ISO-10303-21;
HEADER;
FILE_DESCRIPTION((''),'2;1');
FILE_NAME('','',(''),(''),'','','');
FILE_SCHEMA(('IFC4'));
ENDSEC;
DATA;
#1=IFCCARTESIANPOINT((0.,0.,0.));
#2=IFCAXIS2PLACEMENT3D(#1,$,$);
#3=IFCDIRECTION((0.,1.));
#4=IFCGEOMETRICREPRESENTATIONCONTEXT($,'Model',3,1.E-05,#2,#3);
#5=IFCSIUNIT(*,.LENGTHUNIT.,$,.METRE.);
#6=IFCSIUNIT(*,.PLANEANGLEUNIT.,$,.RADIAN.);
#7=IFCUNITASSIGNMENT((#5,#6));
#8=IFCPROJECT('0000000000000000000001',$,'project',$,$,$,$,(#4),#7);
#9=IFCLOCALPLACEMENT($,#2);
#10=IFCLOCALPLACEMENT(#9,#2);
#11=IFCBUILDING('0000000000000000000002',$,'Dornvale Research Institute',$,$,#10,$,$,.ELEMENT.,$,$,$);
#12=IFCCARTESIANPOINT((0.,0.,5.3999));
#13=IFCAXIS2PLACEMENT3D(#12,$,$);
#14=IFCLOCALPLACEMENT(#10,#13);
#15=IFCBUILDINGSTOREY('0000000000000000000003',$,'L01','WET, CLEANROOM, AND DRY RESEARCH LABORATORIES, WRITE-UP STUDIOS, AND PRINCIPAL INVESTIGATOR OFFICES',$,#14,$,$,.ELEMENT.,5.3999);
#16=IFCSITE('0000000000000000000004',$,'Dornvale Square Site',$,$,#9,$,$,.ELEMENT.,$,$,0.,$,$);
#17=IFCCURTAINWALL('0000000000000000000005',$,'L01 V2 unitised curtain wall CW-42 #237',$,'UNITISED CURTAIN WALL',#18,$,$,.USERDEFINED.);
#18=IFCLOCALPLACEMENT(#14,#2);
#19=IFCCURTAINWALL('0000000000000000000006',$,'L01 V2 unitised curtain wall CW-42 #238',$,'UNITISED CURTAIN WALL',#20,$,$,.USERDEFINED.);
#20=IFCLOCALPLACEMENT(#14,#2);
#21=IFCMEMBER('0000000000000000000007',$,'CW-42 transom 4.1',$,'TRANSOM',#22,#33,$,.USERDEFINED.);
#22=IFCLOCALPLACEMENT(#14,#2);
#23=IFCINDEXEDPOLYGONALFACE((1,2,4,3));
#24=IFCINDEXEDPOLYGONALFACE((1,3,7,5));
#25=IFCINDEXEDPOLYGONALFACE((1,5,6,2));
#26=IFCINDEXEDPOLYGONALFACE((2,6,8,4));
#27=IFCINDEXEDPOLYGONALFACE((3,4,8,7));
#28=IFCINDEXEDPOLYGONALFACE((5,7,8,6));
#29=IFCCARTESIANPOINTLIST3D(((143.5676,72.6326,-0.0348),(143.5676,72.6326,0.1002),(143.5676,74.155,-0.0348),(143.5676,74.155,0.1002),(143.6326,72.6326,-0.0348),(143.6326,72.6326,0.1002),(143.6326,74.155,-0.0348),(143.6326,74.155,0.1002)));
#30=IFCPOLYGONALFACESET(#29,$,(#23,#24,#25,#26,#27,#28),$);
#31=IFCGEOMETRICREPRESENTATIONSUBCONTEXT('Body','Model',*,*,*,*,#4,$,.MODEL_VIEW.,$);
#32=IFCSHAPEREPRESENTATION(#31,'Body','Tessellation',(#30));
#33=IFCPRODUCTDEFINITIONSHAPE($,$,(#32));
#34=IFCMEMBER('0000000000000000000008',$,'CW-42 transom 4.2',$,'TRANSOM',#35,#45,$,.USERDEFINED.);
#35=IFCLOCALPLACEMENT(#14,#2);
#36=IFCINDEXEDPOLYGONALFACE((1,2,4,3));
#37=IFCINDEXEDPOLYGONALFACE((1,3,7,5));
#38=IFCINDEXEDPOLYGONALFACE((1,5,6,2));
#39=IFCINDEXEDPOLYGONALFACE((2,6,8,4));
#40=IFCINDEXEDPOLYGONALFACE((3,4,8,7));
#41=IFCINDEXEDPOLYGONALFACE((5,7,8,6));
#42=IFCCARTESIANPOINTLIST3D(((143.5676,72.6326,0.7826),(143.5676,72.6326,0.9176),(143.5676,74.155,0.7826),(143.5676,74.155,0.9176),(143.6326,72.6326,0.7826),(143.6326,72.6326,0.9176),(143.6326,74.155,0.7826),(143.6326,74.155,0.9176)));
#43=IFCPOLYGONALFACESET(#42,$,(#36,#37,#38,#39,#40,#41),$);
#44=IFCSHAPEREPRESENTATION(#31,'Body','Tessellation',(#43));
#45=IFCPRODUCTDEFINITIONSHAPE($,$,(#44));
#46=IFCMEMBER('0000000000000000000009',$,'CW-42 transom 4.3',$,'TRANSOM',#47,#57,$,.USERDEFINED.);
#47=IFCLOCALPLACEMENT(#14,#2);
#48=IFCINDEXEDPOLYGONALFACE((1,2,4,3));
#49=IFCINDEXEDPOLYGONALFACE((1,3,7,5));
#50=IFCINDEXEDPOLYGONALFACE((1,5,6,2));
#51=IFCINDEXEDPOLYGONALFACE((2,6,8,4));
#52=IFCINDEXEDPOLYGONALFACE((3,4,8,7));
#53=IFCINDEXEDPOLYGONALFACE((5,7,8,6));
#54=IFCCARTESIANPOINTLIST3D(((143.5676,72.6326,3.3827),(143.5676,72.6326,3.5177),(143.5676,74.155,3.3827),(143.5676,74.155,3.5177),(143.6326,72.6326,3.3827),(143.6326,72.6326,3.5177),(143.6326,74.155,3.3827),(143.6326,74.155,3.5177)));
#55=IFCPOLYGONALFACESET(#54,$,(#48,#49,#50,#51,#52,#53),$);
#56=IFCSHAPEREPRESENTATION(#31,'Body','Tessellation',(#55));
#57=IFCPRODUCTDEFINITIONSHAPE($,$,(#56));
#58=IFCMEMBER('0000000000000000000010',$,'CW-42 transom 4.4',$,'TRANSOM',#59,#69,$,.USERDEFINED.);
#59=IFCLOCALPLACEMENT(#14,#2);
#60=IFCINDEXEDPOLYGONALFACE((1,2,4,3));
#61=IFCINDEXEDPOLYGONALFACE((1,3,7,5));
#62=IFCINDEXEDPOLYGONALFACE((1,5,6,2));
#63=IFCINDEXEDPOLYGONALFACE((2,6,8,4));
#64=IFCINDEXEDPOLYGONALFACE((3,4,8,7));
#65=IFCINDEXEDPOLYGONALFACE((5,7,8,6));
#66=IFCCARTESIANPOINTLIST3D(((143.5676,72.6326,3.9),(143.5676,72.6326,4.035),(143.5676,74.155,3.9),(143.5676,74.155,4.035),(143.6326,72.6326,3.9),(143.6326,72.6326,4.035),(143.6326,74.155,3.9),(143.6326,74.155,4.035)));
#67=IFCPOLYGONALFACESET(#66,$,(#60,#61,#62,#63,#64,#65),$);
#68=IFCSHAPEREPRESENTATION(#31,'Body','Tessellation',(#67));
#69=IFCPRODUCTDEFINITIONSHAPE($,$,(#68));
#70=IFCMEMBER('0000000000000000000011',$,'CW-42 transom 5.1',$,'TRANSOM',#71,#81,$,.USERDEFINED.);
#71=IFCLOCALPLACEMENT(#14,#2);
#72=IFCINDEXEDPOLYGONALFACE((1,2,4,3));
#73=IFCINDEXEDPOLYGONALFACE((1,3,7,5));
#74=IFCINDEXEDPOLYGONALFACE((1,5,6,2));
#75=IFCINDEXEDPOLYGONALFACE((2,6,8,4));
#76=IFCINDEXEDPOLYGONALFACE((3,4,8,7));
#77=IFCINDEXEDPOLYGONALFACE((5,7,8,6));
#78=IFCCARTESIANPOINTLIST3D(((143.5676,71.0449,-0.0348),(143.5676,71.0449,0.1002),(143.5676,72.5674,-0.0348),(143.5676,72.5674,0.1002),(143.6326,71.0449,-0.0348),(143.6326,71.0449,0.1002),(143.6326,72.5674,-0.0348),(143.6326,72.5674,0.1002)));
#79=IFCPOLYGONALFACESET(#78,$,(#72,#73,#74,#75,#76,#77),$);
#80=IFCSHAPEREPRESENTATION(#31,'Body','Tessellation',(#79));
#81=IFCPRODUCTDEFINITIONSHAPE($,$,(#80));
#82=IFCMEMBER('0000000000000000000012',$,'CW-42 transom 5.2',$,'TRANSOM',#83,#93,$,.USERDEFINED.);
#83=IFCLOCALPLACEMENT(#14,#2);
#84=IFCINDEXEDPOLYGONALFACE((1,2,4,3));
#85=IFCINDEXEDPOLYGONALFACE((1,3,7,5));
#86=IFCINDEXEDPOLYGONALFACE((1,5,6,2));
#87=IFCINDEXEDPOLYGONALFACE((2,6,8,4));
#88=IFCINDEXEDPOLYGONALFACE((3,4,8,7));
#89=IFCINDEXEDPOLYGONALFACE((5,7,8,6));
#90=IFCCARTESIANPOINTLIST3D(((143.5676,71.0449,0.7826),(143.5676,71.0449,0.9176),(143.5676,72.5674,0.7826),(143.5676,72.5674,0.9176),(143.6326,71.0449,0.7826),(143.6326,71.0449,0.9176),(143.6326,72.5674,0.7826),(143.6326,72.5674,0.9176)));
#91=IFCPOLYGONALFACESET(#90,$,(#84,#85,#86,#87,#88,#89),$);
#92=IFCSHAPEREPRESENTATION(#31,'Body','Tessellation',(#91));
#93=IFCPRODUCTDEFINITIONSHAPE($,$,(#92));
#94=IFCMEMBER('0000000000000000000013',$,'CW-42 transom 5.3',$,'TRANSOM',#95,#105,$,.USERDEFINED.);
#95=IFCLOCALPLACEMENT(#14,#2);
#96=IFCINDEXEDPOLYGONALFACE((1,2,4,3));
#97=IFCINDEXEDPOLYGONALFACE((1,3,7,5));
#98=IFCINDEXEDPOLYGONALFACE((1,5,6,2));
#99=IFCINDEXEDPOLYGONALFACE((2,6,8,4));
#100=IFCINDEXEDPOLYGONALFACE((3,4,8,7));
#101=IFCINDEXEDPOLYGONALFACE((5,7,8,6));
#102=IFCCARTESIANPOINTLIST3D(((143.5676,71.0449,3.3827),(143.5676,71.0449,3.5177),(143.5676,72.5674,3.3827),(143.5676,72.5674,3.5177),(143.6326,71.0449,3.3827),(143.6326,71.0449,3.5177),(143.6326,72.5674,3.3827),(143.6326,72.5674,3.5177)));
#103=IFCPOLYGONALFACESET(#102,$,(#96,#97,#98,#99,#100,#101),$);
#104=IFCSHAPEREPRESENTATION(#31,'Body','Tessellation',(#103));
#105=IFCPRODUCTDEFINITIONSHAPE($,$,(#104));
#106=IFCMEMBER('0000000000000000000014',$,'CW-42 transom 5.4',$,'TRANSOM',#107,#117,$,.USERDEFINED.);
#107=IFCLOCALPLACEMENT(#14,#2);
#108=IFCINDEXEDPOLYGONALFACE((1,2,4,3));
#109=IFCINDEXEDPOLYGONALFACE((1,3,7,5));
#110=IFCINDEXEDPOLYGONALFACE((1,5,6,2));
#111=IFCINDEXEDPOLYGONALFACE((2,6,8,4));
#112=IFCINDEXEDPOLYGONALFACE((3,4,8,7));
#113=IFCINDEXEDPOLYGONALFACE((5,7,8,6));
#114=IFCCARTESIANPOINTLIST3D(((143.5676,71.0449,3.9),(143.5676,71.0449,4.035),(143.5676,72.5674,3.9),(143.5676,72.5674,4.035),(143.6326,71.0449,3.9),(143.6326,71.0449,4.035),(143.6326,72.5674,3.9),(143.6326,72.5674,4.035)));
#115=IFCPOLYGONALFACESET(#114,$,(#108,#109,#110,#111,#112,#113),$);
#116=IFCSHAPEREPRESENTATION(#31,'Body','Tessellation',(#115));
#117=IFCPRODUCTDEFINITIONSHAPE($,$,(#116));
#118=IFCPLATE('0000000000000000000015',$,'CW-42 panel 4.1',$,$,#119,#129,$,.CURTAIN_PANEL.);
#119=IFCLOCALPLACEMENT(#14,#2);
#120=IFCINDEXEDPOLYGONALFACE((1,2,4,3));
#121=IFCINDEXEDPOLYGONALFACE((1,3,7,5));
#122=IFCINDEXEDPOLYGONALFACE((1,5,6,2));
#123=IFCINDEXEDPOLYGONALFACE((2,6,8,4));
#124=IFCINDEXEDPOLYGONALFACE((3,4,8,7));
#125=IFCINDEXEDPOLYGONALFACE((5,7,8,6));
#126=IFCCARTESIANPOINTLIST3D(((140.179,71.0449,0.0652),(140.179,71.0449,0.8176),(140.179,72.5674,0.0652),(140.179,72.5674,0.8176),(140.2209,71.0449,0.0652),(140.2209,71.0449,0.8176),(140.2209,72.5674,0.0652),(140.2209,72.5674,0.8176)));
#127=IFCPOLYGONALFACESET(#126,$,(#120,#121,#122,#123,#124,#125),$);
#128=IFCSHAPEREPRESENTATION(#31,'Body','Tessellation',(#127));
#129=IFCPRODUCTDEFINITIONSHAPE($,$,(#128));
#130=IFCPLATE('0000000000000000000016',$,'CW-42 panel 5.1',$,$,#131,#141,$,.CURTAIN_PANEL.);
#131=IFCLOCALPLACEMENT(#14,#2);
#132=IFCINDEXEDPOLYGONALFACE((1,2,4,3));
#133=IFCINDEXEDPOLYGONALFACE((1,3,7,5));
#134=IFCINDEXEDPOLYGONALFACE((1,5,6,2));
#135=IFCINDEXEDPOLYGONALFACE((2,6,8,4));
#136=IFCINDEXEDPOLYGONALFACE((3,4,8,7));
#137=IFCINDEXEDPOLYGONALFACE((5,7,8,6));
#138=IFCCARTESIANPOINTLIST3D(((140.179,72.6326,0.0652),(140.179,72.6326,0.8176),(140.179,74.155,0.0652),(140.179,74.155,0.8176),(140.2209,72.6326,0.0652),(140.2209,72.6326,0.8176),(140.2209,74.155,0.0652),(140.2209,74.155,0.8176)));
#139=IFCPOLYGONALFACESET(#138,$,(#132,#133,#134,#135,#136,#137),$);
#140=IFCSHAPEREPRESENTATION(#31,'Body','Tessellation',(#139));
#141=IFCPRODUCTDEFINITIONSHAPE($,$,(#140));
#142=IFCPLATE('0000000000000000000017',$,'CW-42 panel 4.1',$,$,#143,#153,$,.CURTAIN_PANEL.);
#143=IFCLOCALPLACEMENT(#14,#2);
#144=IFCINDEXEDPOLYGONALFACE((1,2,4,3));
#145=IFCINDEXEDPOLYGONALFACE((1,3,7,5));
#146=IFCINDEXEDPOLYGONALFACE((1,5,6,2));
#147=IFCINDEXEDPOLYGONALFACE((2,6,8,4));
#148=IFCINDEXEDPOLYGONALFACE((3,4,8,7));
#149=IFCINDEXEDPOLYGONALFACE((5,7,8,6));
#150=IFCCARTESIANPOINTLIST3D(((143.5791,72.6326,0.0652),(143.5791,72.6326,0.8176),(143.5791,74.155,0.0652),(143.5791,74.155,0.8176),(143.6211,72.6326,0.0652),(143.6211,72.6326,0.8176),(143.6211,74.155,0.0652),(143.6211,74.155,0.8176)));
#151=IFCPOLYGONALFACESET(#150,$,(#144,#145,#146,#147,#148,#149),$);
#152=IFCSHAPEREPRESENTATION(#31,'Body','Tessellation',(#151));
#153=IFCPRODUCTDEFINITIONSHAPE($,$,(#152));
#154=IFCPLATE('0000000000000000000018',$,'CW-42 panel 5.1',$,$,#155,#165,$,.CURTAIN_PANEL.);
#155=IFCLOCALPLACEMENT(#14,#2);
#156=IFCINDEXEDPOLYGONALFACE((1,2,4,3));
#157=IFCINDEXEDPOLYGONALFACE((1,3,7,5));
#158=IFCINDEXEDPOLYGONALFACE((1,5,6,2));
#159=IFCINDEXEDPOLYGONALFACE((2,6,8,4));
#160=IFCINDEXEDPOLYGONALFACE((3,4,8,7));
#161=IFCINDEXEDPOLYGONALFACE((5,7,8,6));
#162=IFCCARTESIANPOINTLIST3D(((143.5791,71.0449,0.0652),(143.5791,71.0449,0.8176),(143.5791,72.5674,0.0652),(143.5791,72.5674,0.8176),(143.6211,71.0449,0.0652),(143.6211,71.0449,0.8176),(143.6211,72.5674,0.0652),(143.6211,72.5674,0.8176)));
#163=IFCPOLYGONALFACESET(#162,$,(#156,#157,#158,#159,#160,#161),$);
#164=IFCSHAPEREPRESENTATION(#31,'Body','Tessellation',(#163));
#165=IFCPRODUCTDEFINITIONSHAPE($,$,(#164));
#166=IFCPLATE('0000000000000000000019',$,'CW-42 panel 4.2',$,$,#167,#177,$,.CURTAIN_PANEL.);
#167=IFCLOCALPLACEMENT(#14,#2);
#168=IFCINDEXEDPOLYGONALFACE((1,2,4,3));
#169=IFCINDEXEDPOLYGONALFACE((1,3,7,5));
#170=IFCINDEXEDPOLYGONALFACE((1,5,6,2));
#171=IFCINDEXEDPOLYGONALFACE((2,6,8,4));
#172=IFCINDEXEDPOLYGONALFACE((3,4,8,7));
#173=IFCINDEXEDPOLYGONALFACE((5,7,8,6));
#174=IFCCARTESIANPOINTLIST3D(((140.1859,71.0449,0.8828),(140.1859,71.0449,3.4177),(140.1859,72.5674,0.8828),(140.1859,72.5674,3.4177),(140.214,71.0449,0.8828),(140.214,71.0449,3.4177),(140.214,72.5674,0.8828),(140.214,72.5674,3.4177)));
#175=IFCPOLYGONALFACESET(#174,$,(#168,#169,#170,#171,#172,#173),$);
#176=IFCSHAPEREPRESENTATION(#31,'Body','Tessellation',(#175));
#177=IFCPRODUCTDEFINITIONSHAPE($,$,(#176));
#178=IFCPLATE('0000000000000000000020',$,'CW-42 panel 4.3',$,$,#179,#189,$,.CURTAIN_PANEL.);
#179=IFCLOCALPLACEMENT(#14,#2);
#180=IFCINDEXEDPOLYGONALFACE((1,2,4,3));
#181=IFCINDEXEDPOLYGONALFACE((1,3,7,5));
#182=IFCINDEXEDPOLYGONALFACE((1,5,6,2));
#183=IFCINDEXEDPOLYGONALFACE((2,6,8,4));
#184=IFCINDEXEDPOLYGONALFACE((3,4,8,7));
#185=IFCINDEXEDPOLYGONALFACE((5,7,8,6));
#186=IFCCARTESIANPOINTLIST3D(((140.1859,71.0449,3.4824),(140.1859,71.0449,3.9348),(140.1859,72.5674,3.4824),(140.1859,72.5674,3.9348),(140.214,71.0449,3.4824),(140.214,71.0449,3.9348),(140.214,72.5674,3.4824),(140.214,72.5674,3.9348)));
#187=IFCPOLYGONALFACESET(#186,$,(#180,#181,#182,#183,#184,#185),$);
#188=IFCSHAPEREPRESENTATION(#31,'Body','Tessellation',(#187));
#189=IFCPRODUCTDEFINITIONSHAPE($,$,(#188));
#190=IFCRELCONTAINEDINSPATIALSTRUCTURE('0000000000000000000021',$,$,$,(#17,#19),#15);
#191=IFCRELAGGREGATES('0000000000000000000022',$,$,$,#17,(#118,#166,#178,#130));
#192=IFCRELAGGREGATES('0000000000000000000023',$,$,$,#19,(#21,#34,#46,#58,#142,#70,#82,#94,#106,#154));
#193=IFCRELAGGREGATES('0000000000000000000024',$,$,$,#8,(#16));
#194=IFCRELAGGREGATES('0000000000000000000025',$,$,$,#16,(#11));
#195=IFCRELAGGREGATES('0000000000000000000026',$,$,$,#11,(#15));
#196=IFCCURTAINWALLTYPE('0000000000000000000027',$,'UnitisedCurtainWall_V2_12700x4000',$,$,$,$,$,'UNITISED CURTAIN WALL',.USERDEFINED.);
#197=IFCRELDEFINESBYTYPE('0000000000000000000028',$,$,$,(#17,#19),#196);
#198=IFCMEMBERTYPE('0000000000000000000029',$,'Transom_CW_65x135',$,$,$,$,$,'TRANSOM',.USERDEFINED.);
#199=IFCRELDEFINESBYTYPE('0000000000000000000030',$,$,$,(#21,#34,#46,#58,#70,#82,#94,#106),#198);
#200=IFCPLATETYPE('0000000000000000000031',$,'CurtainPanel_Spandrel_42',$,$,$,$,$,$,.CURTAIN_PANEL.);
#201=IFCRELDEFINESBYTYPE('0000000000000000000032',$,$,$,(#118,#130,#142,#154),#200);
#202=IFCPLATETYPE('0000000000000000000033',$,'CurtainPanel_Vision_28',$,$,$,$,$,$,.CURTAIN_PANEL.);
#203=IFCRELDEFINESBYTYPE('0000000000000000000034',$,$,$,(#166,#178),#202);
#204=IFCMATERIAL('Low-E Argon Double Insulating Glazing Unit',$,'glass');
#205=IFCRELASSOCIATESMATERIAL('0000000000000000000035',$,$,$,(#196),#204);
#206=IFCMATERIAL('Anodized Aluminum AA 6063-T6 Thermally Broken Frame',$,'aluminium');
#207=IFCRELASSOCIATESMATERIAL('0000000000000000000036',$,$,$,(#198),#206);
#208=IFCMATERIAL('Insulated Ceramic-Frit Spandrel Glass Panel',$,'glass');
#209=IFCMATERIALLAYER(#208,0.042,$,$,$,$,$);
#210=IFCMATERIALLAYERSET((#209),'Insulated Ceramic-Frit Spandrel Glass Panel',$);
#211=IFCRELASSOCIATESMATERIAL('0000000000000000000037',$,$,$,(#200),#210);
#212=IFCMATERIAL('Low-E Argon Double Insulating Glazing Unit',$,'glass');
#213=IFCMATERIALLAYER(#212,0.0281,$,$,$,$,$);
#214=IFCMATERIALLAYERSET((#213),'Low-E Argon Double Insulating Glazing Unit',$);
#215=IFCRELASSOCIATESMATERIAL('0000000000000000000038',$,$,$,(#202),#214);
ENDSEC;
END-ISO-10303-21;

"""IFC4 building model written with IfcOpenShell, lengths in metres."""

from ifc_helpers import new_model, si_unit, direction, frame, origin, origin_2d, place, context, subcontext, project, spatial, rectangle, extrude, material, layer, layer_set, material_profile, profile_set, type_object, element, aggregate, save


model = new_model("IFC4")

# Units and contexts
model_context = context("Model", 3, precision=1e-05, world=origin(), true_north=direction((0.0, 1.0)))
body_context = subcontext(model_context, "Body", "Model", "MODEL_VIEW")
ifc_project = project(units=[si_unit("LENGTHUNIT", "METRE"), si_unit("PLANEANGLEUNIT", "RADIAN")], contexts=[model_context])

# Site, building, storey
site_placement = place(None, origin())
site = spatial("IfcSite", under=ifc_project, at=site_placement, Name="Dornvale Square Site", CompositionType="ELEMENT", RefElevation=0.0)
building_placement = place(site_placement, origin())
building = spatial("IfcBuilding", under=site, at=building_placement, Name="Dornvale Research Institute", CompositionType="ELEMENT")
storey_placement = place(building_placement, frame((0.0, 0.0, 5.3999)))
storey = spatial("IfcBuildingStorey", under=building, at=storey_placement, Name="L01", Description="WET, CLEANROOM, AND DRY RESEARCH LABORATORIES, WRITE-UP STUDIOS, AND PRINCIPAL INVESTIGATOR OFFICES", CompositionType="ELEMENT", Elevation=5.3999)

# Curtain walls
ifc_material_1 = material(Name="Low-E Argon Double Insulating Glazing Unit", Category="glass")
curtain_wall_type = type_object("IfcCurtainWallType", Name="UnitisedCurtainWall_V2_12700x4000", ElementType="UNITISED CURTAIN WALL", PredefinedType="USERDEFINED", material=ifc_material_1)
curtain_wall_1_placement = place(storey_placement, origin())
curtain_wall_1 = element("IfcCurtainWall", 1, at=curtain_wall_1_placement, inside=storey, type_object=curtain_wall_type, Name="L01 V2 unitised curtain wall CW-42 #237", ObjectType="UNITISED CURTAIN WALL", PredefinedType="USERDEFINED")
curtain_wall_2_placement = place(storey_placement, origin())
curtain_wall_2 = element("IfcCurtainWall", 2, at=curtain_wall_2_placement, inside=storey, type_object=curtain_wall_type, Name="L01 V2 unitised curtain wall CW-42 #238", ObjectType="UNITISED CURTAIN WALL", PredefinedType="USERDEFINED")

# Members
ifc_material_2 = material(Name="Anodized Aluminum AA 6063-T6 Thermally Broken Frame", Category="aluminium")
ifc_material_profile_1 = material_profile(ifc_material_2, rectangle(XDim=0.0649, YDim=0.135, at=origin_2d()), Name="ALU TRANSOM 65x135")
ifc_profile_set_1 = profile_set([ifc_material_profile_1], Name="Anodized Aluminum AA 6063-T6 Thermally Broken Frame")
member_type_1 = type_object("IfcMemberType", Name="Transom_CW_65x135", ElementType="TRANSOM", PredefinedType="USERDEFINED", material=ifc_profile_set_1)
member_1_placement = place(storey_placement, frame((143.6001, 74.155, 0.0327), z_axis=(0.0, -1.0, 0.0), x_axis=(1.0, 0.0, 0.0)))
member_1 = element("IfcMember", 3, at=member_1_placement, type_object=member_type_1, Name="CW-42 transom 4.1", ObjectType="TRANSOM", PredefinedType="USERDEFINED", context=body_context, shape_type="SweptSolid", body=[
    extrude(rectangle(XDim=0.0649, YDim=0.135, at=origin_2d()), origin(), (0.0, 0.0, 1.0), 1.5225),
])
member_2_placement = place(storey_placement, frame((143.6001, 74.155, 0.8501), z_axis=(0.0, -1.0, 0.0), x_axis=(1.0, 0.0, 0.0)))
member_2 = element("IfcMember", 4, at=member_2_placement, type_object=member_type_1, Name="CW-42 transom 4.2", ObjectType="TRANSOM", PredefinedType="USERDEFINED", context=body_context, shape_type="SweptSolid", body=[
    extrude(rectangle(XDim=0.0649, YDim=0.135, at=origin_2d()), origin(), (0.0, 0.0, 1.0), 1.5225),
])
member_3_placement = place(storey_placement, frame((143.6001, 74.155, 3.4502), z_axis=(0.0, -1.0, 0.0), x_axis=(1.0, 0.0, 0.0)))
member_3 = element("IfcMember", 5, at=member_3_placement, type_object=member_type_1, Name="CW-42 transom 4.3", ObjectType="TRANSOM", PredefinedType="USERDEFINED", context=body_context, shape_type="SweptSolid", body=[
    extrude(rectangle(XDim=0.0649, YDim=0.135, at=origin_2d()), origin(), (0.0, 0.0, 1.0), 1.5225),
])
member_4_placement = place(storey_placement, frame((143.6001, 74.155, 3.9675), z_axis=(0.0, -1.0, 0.0), x_axis=(1.0, 0.0, 0.0)))
member_4 = element("IfcMember", 6, at=member_4_placement, type_object=member_type_1, Name="CW-42 transom 4.4", ObjectType="TRANSOM", PredefinedType="USERDEFINED", context=body_context, shape_type="SweptSolid", body=[
    extrude(rectangle(XDim=0.0649, YDim=0.135, at=origin_2d()), origin(), (0.0, 0.0, 1.0), 1.5225),
])
member_5_placement = place(storey_placement, frame((143.6001, 72.5674, 0.0327), z_axis=(0.0, -1.0, 0.0), x_axis=(1.0, 0.0, 0.0)))
member_5 = element("IfcMember", 7, at=member_5_placement, type_object=member_type_1, Name="CW-42 transom 5.1", ObjectType="TRANSOM", PredefinedType="USERDEFINED", context=body_context, shape_type="SweptSolid", body=[
    extrude(rectangle(XDim=0.0649, YDim=0.135, at=origin_2d()), origin(), (0.0, 0.0, 1.0), 1.5225),
])
member_6_placement = place(storey_placement, frame((143.6001, 72.5674, 0.8501), z_axis=(0.0, -1.0, 0.0), x_axis=(1.0, 0.0, 0.0)))
member_6 = element("IfcMember", 8, at=member_6_placement, type_object=member_type_1, Name="CW-42 transom 5.2", ObjectType="TRANSOM", PredefinedType="USERDEFINED", context=body_context, shape_type="SweptSolid", body=[
    extrude(rectangle(XDim=0.0649, YDim=0.135, at=origin_2d()), origin(), (0.0, 0.0, 1.0), 1.5225),
])
member_7_placement = place(storey_placement, frame((143.6001, 72.5674, 3.4502), z_axis=(0.0, -1.0, 0.0), x_axis=(1.0, 0.0, 0.0)))
member_7 = element("IfcMember", 9, at=member_7_placement, type_object=member_type_1, Name="CW-42 transom 5.3", ObjectType="TRANSOM", PredefinedType="USERDEFINED", context=body_context, shape_type="SweptSolid", body=[
    extrude(rectangle(XDim=0.0649, YDim=0.135, at=origin_2d()), origin(), (0.0, 0.0, 1.0), 1.5225),
])
member_8_placement = place(storey_placement, frame((143.6001, 72.5674, 3.9675), z_axis=(0.0, -1.0, 0.0), x_axis=(1.0, 0.0, 0.0)))
member_8 = element("IfcMember", 10, at=member_8_placement, type_object=member_type_1, Name="CW-42 transom 5.4", ObjectType="TRANSOM", PredefinedType="USERDEFINED", context=body_context, shape_type="SweptSolid", body=[
    extrude(rectangle(XDim=0.0649, YDim=0.135, at=origin_2d()), origin(), (0.0, 0.0, 1.0), 1.5225),
])

# Plates
ifc_material_3 = material(Name="Insulated Ceramic-Frit Spandrel Glass Panel", Category="glass")
ifc_layer_1 = layer(ifc_material_3, 0.042)
ifc_layer_set_1 = layer_set([ifc_layer_1], Name="Insulated Ceramic-Frit Spandrel Glass Panel")
plate_type_1 = type_object("IfcPlateType", Name="CurtainPanel_Spandrel_42", PredefinedType="CURTAIN_PANEL", material=ifc_layer_set_1)
plate_1_placement = place(storey_placement, frame((140.2, 71.8062, 0.0652), z_axis=(0.0, 0.0, 1.0), x_axis=(0.0, 1.0, 0.0)))
plate_1 = element("IfcPlate", 11, at=plate_1_placement, type_object=plate_type_1, Name="CW-42 panel 4.1", PredefinedType="CURTAIN_PANEL", context=body_context, shape_type="SweptSolid", body=[
    extrude(rectangle(XDim=1.5225, YDim=0.042, at=origin_2d()), origin(), (0.0, 0.0, 1.0), 0.7524),
])
plate_2_placement = place(storey_placement, frame((140.2, 73.3938, 0.0652), z_axis=(0.0, 0.0, 1.0), x_axis=(0.0, 1.0, 0.0)))
plate_2 = element("IfcPlate", 12, at=plate_2_placement, type_object=plate_type_1, Name="CW-42 panel 5.1", PredefinedType="CURTAIN_PANEL", context=body_context, shape_type="SweptSolid", body=[
    extrude(rectangle(XDim=1.5225, YDim=0.042, at=origin_2d()), origin(), (0.0, 0.0, 1.0), 0.7524),
])
plate_3_placement = place(storey_placement, frame((143.6001, 73.3938, 0.0652), z_axis=(0.0, 0.0, 1.0), x_axis=(0.0, -1.0, 0.0)))
plate_3 = element("IfcPlate", 13, at=plate_3_placement, type_object=plate_type_1, Name="CW-42 panel 4.1", PredefinedType="CURTAIN_PANEL", context=body_context, shape_type="SweptSolid", body=[
    extrude(rectangle(XDim=1.5225, YDim=0.042, at=origin_2d()), origin(), (0.0, 0.0, 1.0), 0.7524),
])
plate_4_placement = place(storey_placement, frame((143.6001, 71.8062, 0.0652), z_axis=(0.0, 0.0, 1.0), x_axis=(0.0, -1.0, 0.0)))
plate_4 = element("IfcPlate", 14, at=plate_4_placement, type_object=plate_type_1, Name="CW-42 panel 5.1", PredefinedType="CURTAIN_PANEL", context=body_context, shape_type="SweptSolid", body=[
    extrude(rectangle(XDim=1.5225, YDim=0.042, at=origin_2d()), origin(), (0.0, 0.0, 1.0), 0.7524),
])
ifc_material_4 = material(Name="Low-E Argon Double Insulating Glazing Unit", Category="glass")
ifc_layer_2 = layer(ifc_material_4, 0.0281)
ifc_layer_set_2 = layer_set([ifc_layer_2], Name="Low-E Argon Double Insulating Glazing Unit")
plate_type_2 = type_object("IfcPlateType", Name="CurtainPanel_Vision_28", PredefinedType="CURTAIN_PANEL", material=ifc_layer_set_2)
plate_5_placement = place(storey_placement, frame((140.2, 71.8062, 0.8828), z_axis=(0.0, 0.0, 1.0), x_axis=(0.0, 1.0, 0.0)))
plate_5 = element("IfcPlate", 15, at=plate_5_placement, type_object=plate_type_2, Name="CW-42 panel 4.2", PredefinedType="CURTAIN_PANEL", context=body_context, shape_type="SweptSolid", body=[
    extrude(rectangle(XDim=1.5225, YDim=0.0281, at=origin_2d()), origin(), (0.0, 0.0, 1.0), 2.5349),
])
plate_6_placement = place(storey_placement, frame((140.2, 71.8062, 3.4824), z_axis=(0.0, 0.0, 1.0), x_axis=(0.0, 1.0, 0.0)))
plate_6 = element("IfcPlate", 16, at=plate_6_placement, type_object=plate_type_2, Name="CW-42 panel 4.3", PredefinedType="CURTAIN_PANEL", context=body_context, shape_type="SweptSolid", body=[
    extrude(rectangle(XDim=1.5225, YDim=0.0281, at=origin_2d()), origin(), (0.0, 0.0, 1.0), 0.4524),
])
aggregate(curtain_wall_1, [plate_1, plate_5, plate_6, plate_2])
aggregate(curtain_wall_2, [member_1, member_2, member_3, member_4, plate_3, member_5, member_6, member_7, member_8, plate_4])

save(model, "model.ifc")
